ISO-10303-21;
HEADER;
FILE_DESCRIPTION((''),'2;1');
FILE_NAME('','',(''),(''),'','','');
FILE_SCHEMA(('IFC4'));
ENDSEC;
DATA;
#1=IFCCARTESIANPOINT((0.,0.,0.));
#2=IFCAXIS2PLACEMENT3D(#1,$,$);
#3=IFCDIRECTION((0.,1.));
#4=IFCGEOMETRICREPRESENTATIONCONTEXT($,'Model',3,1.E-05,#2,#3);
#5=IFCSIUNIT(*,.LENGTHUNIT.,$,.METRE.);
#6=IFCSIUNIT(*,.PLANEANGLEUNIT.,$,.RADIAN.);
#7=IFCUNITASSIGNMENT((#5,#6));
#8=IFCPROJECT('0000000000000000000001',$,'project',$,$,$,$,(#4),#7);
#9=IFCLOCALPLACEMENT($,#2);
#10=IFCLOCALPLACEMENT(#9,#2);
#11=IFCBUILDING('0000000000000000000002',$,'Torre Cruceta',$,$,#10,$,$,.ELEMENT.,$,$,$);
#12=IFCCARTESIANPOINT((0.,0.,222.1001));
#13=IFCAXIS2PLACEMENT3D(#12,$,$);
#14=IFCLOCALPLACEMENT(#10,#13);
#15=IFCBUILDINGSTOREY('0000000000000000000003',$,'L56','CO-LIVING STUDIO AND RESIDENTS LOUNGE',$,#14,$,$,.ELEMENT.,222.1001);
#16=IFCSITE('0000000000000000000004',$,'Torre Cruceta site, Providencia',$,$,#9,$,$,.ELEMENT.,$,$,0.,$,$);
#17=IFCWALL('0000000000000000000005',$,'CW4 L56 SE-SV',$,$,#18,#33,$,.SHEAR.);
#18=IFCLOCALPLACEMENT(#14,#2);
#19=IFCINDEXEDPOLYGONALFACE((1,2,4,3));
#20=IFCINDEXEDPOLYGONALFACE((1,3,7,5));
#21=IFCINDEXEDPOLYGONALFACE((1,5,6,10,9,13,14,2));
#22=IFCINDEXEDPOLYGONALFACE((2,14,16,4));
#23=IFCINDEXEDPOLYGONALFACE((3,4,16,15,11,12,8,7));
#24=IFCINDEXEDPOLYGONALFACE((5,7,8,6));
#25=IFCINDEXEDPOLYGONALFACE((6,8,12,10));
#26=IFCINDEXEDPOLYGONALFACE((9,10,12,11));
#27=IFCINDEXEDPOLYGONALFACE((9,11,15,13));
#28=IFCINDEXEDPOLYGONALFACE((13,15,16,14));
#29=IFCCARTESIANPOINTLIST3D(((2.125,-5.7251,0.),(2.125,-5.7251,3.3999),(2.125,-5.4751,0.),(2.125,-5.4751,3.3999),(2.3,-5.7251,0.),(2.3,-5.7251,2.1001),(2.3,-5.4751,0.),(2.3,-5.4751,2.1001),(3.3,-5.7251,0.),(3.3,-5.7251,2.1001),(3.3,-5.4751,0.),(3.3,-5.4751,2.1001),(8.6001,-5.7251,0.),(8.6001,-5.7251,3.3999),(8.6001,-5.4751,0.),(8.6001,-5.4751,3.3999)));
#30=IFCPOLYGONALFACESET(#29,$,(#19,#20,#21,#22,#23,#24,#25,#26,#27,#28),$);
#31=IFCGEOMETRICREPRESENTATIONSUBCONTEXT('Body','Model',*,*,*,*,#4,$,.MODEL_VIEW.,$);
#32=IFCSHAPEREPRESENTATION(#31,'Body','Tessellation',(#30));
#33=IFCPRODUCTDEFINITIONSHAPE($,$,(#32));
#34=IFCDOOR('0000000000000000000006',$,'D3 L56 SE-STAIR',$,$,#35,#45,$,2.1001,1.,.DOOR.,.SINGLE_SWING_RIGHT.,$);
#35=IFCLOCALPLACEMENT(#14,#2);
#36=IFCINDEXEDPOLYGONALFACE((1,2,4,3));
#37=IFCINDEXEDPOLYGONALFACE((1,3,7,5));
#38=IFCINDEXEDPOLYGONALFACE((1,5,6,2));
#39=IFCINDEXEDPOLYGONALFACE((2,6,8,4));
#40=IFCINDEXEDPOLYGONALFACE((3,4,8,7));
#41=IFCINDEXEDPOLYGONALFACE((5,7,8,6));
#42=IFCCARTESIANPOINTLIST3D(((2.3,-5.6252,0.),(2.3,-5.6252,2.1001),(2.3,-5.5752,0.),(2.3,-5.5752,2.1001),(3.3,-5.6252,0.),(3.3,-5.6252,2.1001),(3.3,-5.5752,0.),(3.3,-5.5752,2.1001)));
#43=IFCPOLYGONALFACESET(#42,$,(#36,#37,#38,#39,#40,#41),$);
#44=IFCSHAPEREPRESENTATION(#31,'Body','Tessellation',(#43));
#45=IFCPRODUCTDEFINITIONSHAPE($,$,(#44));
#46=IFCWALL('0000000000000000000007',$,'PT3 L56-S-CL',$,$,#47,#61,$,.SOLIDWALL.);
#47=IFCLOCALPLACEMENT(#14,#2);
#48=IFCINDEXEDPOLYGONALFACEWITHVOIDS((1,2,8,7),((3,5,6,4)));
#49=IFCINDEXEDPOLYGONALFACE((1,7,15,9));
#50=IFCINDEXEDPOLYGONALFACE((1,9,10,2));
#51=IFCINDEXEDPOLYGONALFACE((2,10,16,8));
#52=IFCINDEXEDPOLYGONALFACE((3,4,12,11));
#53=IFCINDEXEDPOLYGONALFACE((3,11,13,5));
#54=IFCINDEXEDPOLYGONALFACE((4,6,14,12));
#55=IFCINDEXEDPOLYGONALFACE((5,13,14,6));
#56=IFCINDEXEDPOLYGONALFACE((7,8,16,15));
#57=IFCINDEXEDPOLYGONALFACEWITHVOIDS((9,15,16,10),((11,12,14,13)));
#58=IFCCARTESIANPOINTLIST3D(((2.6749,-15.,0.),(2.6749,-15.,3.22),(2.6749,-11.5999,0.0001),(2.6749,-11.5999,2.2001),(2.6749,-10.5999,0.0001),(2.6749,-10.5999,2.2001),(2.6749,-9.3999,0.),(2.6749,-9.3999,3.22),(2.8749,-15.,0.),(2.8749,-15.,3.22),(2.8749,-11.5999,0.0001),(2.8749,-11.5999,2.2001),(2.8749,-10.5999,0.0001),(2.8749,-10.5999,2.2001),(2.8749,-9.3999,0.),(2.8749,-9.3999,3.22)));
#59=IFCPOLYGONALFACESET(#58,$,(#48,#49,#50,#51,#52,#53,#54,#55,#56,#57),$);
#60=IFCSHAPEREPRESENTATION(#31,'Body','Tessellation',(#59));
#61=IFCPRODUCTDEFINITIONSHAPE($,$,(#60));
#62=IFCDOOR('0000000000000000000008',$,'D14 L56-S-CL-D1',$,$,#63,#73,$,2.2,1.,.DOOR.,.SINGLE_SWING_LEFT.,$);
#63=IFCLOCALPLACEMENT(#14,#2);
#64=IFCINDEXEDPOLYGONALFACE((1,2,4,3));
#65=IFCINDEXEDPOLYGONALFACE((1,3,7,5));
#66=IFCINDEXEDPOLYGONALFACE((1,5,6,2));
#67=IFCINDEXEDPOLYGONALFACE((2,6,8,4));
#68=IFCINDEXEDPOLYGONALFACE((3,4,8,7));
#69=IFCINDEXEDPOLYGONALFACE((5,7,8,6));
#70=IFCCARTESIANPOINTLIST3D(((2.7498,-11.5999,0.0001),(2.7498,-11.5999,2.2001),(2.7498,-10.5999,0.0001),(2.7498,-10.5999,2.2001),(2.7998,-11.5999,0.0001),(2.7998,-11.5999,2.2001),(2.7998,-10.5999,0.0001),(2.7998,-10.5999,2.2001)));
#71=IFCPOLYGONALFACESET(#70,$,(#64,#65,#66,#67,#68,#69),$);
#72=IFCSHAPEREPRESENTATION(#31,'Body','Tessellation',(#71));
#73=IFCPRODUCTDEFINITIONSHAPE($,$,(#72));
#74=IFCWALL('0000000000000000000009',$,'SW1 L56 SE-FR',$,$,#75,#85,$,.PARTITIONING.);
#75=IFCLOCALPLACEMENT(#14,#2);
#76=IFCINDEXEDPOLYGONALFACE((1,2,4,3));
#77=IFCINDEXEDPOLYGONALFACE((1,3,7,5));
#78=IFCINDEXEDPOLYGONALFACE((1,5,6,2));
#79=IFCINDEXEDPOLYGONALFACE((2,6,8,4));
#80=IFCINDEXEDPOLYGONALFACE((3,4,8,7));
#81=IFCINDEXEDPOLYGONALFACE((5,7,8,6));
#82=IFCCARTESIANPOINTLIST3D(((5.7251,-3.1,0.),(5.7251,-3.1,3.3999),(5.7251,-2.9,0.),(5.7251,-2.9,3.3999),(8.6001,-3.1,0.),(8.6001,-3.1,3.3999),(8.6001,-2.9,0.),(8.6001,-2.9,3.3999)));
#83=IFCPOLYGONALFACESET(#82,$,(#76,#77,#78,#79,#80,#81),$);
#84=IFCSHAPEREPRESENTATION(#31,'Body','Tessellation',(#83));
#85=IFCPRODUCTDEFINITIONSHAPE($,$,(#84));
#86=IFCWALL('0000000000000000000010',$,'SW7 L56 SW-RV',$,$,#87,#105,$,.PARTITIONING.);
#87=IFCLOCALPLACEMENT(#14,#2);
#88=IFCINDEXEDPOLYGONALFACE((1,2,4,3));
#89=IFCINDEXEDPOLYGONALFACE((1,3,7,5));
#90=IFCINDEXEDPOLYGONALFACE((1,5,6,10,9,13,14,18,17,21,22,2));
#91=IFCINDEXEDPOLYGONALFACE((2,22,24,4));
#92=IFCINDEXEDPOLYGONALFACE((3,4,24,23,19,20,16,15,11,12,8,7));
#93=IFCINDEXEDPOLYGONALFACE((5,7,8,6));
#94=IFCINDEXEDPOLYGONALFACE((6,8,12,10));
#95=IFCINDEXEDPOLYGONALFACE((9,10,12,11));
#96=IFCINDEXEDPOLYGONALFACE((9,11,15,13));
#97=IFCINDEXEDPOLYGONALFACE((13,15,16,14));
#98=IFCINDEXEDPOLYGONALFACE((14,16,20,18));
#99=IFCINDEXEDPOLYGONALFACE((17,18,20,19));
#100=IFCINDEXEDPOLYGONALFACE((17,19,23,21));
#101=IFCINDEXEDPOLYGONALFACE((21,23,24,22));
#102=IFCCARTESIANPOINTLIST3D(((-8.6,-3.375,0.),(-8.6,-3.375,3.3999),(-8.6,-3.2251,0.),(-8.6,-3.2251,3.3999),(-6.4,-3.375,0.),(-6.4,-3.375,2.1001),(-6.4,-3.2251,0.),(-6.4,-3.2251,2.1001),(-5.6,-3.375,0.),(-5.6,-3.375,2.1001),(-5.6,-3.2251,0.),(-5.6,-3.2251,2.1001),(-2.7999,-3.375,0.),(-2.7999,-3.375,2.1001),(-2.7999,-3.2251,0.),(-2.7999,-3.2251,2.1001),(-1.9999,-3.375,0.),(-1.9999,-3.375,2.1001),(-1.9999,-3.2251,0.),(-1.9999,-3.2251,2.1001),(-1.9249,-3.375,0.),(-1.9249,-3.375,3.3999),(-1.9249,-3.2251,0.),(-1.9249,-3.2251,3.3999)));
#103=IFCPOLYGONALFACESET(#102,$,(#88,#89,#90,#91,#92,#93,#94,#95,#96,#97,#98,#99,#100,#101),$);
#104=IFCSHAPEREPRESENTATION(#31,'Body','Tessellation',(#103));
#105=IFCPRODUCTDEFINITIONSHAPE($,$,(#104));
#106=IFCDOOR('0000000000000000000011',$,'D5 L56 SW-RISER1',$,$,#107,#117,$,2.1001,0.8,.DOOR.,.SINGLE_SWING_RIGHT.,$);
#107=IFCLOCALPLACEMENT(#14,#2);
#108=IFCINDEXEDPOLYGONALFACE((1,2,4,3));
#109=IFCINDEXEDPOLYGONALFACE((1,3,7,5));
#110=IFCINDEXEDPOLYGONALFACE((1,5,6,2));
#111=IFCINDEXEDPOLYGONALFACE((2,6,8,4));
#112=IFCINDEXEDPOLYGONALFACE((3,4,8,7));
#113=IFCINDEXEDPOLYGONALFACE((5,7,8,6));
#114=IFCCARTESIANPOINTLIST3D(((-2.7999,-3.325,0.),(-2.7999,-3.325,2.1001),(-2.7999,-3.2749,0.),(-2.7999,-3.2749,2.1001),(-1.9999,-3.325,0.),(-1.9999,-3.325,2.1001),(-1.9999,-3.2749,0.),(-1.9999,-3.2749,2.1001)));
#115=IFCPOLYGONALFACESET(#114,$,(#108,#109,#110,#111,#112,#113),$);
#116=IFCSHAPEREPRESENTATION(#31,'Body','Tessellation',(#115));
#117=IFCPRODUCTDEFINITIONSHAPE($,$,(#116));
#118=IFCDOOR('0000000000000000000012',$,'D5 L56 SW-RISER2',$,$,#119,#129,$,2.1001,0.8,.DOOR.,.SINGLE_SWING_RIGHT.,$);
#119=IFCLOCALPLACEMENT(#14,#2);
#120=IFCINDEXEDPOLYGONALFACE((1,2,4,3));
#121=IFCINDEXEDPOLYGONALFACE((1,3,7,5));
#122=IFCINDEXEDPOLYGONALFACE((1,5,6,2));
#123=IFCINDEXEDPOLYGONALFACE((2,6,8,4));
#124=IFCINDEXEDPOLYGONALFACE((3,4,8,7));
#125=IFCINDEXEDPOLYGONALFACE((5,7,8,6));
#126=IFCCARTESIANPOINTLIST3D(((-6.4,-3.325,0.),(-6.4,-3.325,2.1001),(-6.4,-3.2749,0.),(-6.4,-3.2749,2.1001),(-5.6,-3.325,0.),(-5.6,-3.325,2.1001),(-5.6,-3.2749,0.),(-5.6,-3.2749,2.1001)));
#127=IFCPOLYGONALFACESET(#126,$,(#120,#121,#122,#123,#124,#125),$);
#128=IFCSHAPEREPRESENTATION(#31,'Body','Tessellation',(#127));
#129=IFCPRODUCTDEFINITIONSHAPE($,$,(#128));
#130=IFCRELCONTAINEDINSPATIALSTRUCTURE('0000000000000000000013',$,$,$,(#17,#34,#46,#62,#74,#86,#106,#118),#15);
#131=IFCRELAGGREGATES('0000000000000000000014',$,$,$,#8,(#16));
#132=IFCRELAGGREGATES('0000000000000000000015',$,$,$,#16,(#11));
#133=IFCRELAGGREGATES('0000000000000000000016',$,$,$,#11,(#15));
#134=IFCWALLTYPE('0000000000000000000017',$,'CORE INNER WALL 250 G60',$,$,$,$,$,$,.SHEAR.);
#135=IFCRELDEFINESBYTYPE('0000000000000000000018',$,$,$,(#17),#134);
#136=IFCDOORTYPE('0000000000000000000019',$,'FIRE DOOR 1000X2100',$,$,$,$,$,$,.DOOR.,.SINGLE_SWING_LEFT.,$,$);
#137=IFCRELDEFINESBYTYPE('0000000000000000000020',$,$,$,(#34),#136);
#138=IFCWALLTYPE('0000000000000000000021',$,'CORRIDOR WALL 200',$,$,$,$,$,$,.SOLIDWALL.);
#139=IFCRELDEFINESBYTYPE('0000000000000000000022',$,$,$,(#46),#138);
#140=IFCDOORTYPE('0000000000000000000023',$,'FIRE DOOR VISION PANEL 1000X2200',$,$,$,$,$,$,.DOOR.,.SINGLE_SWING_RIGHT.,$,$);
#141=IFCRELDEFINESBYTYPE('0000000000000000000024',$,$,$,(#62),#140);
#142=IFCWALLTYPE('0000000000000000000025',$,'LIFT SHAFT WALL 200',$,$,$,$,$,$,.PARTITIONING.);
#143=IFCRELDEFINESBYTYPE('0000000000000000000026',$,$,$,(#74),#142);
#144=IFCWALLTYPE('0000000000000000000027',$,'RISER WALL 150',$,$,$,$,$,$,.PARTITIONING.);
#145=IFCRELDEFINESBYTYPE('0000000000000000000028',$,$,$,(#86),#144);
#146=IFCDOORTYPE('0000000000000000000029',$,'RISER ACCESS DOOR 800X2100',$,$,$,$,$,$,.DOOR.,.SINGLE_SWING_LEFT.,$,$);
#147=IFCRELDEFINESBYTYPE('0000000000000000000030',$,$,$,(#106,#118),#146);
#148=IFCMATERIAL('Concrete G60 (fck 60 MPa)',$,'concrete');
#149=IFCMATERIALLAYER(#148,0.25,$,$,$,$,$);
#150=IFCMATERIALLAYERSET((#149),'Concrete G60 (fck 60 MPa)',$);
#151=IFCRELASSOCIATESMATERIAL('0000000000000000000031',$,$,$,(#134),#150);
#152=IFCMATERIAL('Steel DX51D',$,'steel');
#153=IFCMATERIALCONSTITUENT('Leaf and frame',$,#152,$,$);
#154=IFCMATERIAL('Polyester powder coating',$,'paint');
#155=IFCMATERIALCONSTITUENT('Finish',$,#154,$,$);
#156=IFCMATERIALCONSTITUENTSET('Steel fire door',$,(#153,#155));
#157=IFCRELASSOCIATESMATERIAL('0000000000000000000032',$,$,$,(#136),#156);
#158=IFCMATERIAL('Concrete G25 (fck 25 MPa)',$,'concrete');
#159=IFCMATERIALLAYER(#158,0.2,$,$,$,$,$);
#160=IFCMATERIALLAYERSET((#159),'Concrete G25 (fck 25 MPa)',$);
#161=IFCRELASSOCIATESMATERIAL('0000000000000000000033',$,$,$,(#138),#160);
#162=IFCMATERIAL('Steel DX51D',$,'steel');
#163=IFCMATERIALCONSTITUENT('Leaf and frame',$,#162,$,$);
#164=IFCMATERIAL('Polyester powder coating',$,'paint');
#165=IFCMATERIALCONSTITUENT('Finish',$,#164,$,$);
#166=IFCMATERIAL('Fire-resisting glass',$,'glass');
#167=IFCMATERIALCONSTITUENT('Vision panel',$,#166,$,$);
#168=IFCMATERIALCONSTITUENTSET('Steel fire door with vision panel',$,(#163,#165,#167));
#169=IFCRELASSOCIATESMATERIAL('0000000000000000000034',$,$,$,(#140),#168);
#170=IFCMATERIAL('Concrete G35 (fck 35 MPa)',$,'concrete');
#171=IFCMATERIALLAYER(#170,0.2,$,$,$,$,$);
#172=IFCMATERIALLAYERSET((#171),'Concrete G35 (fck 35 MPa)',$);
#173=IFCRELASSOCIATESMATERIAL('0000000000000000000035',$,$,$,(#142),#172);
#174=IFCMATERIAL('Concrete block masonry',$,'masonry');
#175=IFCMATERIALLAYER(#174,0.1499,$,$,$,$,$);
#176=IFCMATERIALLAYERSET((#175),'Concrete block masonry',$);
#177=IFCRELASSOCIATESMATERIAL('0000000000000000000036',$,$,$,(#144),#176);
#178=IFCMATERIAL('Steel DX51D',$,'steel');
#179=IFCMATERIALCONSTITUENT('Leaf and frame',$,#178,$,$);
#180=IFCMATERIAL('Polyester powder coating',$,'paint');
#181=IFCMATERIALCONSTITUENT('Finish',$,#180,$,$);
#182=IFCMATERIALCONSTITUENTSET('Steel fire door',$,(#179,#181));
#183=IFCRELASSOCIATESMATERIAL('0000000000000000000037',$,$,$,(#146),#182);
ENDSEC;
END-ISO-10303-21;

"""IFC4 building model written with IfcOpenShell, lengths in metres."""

from ifc_helpers import new_model, si_unit, direction, frame, frame_2d, origin, place, context, subcontext, project, spatial, rectangle, extrude, material, layer, layer_set, constituent, constituent_set, type_object, element, fill, save


model = new_model("IFC4")

# Units and contexts
model_context = context("Model", 3, precision=1e-05, world=origin(), true_north=direction((0.0, 1.0)))
body_context = subcontext(model_context, "Body", "Model", "MODEL_VIEW")
ifc_project = project(units=[si_unit("LENGTHUNIT", "METRE"), si_unit("PLANEANGLEUNIT", "RADIAN")], contexts=[model_context])

# Site, building, storey
site_placement = place(None, origin())
site = spatial("IfcSite", under=ifc_project, at=site_placement, Name="Torre Cruceta site, Providencia", CompositionType="ELEMENT", RefElevation=0.0)
building_placement = place(site_placement, origin())
building = spatial("IfcBuilding", under=site, at=building_placement, Name="Torre Cruceta", CompositionType="ELEMENT")
storey_placement = place(building_placement, frame((0.0, 0.0, 222.1001)))
storey = spatial("IfcBuildingStorey", under=building, at=storey_placement, Name="L56", Description="CO-LIVING STUDIO AND RESIDENTS LOUNGE", CompositionType="ELEMENT", Elevation=222.1001)

# Shared definitions
ifc_material_1 = material(Name="Concrete G60 (fck 60 MPa)", Category="concrete")
ifc_layer_1 = layer(ifc_material_1, 0.25)
ifc_layer_set_1 = layer_set([ifc_layer_1], Name="Concrete G60 (fck 60 MPa)")
wall_type_1 = type_object("IfcWallType", Name="CORE INNER WALL 250 G60", PredefinedType="SHEAR", material=ifc_layer_set_1)

# Walls, openings, doors
wall_1_placement = place(storey_placement, frame((2.125, -5.6001, 0.0), z_axis=(0.0, 0.0, 1.0), x_axis=(1.0, 0.0, 0.0)))
wall_1 = element("IfcWall", 1, at=wall_1_placement, inside=storey, type_object=wall_type_1, Name="CW4 L56 SE-SV", PredefinedType="SHEAR", context=body_context, shape_type="SweptSolid", body=[
    extrude(rectangle(XDim=6.4751, YDim=0.25, at=frame_2d((3.2375, 0.0))), origin(), (0.0, 0.0, 1.0), 3.3999),
])
opening_1_placement = place(wall_1_placement, frame((0.175, 0.0, 0.0)))
opening_1 = element("IfcOpeningElement", 2, at=opening_1_placement, cuts=wall_1, PredefinedType="OPENING", context=body_context, shape_type="SweptSolid", body=[
    extrude(rectangle(XDim=1.0, YDim=2.1001, at=frame_2d((0.5, 1.05))), frame((0.0, 0.135, 0.0), z_axis=(0.0, -1.0, 0.0), x_axis=(1.0, 0.0, 0.0)), (0.0, 0.0, 1.0), 0.27),
])
ifc_material_2 = material(Name="Steel DX51D", Category="steel")
ifc_constituent_1 = constituent(ifc_material_2, Name="Leaf and frame")
ifc_material_3 = material(Name="Polyester powder coating", Category="paint")
ifc_constituent_2 = constituent(ifc_material_3, Name="Finish")
ifc_constituent_set_1 = constituent_set(constituents=[ifc_constituent_1, ifc_constituent_2], Name="Steel fire door")
door_type_1 = type_object("IfcDoorType", Name="FIRE DOOR 1000X2100", OperationType="SINGLE_SWING_LEFT", PredefinedType="DOOR", material=ifc_constituent_set_1)
door_1_placement = place(opening_1_placement, frame((1.0, 0.0, 0.0), z_axis=(0.0, 0.0, 1.0), x_axis=(-1.0, 0.0, 0.0)))
door_1 = element("IfcDoor", 3, at=door_1_placement, inside=storey, type_object=door_type_1, Name="D3 L56 SE-STAIR", OperationType="SINGLE_SWING_RIGHT", OverallHeight=2.1001, OverallWidth=1.0, PredefinedType="DOOR", context=body_context, shape_type="SweptSolid", body=[
    extrude(rectangle(XDim=1.0, YDim=2.1001, at=frame_2d((0.5, 1.05))), frame((0.0, 0.0251, 0.0), z_axis=(0.0, -1.0, 0.0), x_axis=(1.0, 0.0, 0.0)), (0.0, 0.0, 1.0), 0.05),
])
fill(opening_1, door_1)
ifc_material_4 = material(Name="Concrete G25 (fck 25 MPa)", Category="concrete")
ifc_layer_2 = layer(ifc_material_4, 0.2)
ifc_layer_set_2 = layer_set([ifc_layer_2], Name="Concrete G25 (fck 25 MPa)")
wall_type_2 = type_object("IfcWallType", Name="CORRIDOR WALL 200", PredefinedType="SOLIDWALL", material=ifc_layer_set_2)
wall_2_placement = place(storey_placement, frame((2.7749, -9.3999, 0.0), z_axis=(0.0, 0.0, 1.0), x_axis=(0.0, -1.0, 0.0)))
wall_2 = element("IfcWall", 4, at=wall_2_placement, inside=storey, type_object=wall_type_2, Name="PT3 L56-S-CL", PredefinedType="SOLIDWALL", context=body_context, shape_type="SweptSolid", body=[
    extrude(rectangle(XDim=5.6001, YDim=0.2, at=frame_2d((2.8, 0.0))), origin(), (0.0, 0.0, 1.0), 3.22),
])
opening_2_placement = place(wall_2_placement, frame((1.2, 0.0, 0.0)))
opening_2 = element("IfcOpeningElement", 5, at=opening_2_placement, cuts=wall_2, PredefinedType="OPENING", context=body_context, shape_type="SweptSolid", body=[
    extrude(rectangle(XDim=1.0, YDim=2.2, at=frame_2d((0.5, 1.1001))), frame((0.0, 0.1099, 0.0), z_axis=(0.0, -1.0, 0.0), x_axis=(1.0, 0.0, 0.0)), (0.0, 0.0, 1.0), 0.22),
])
ifc_material_5 = material(Name="Steel DX51D", Category="steel")
ifc_constituent_3 = constituent(ifc_material_5, Name="Leaf and frame")
ifc_material_6 = material(Name="Polyester powder coating", Category="paint")
ifc_constituent_4 = constituent(ifc_material_6, Name="Finish")
ifc_material_7 = material(Name="Fire-resisting glass", Category="glass")
ifc_constituent_5 = constituent(ifc_material_7, Name="Vision panel")
ifc_constituent_set_2 = constituent_set(constituents=[ifc_constituent_3, ifc_constituent_4, ifc_constituent_5], Name="Steel fire door with vision panel")
door_type_2 = type_object("IfcDoorType", Name="FIRE DOOR VISION PANEL 1000X2200", OperationType="SINGLE_SWING_RIGHT", PredefinedType="DOOR", material=ifc_constituent_set_2)
door_2_placement = place(opening_2_placement, origin())
door_2 = element("IfcDoor", 6, at=door_2_placement, inside=storey, type_object=door_type_2, Name="D14 L56-S-CL-D1", OperationType="SINGLE_SWING_LEFT", OverallHeight=2.2, OverallWidth=1.0, PredefinedType="DOOR", context=body_context, shape_type="SweptSolid", body=[
    extrude(rectangle(XDim=1.0, YDim=2.2, at=frame_2d((0.5, 1.1001))), frame((0.0, 0.0249, 0.0), z_axis=(0.0, -1.0, 0.0), x_axis=(1.0, 0.0, 0.0)), (0.0, 0.0, 1.0), 0.05),
])
fill(opening_2, door_2)

# Wall
ifc_material_8 = material(Name="Concrete G35 (fck 35 MPa)", Category="concrete")
ifc_layer_3 = layer(ifc_material_8, 0.2)
ifc_layer_set_3 = layer_set([ifc_layer_3], Name="Concrete G35 (fck 35 MPa)")
wall_type_3 = type_object("IfcWallType", Name="LIFT SHAFT WALL 200", PredefinedType="PARTITIONING", material=ifc_layer_set_3)
wall_3_placement = place(storey_placement, frame((5.7251, -3.0, 0.0), z_axis=(0.0, 0.0, 1.0), x_axis=(1.0, 0.0, 0.0)))
element("IfcWall", 7, at=wall_3_placement, inside=storey, type_object=wall_type_3, Name="SW1 L56 SE-FR", PredefinedType="PARTITIONING", context=body_context, shape_type="SweptSolid", body=[
    extrude(rectangle(XDim=2.875, YDim=0.2, at=frame_2d((1.4375, 0.0))), origin(), (0.0, 0.0, 1.0), 3.3999),
])

# Wall, openings, doors
ifc_material_9 = material(Name="Concrete block masonry", Category="masonry")
ifc_layer_4 = layer(ifc_material_9, 0.1499)
ifc_layer_set_4 = layer_set([ifc_layer_4], Name="Concrete block masonry")
wall_type_4 = type_object("IfcWallType", Name="RISER WALL 150", PredefinedType="PARTITIONING", material=ifc_layer_set_4)
wall_4_placement = place(storey_placement, frame((-1.925, -3.3, 0.0), z_axis=(0.0, 0.0, 1.0), x_axis=(-1.0, 0.0, 0.0)))
wall_4 = element("IfcWall", 8, at=wall_4_placement, inside=storey, type_object=wall_type_4, Name="SW7 L56 SW-RV", PredefinedType="PARTITIONING", context=body_context, shape_type="SweptSolid", body=[
    extrude(rectangle(XDim=6.675, YDim=0.1499, at=frame_2d((3.3374, 0.0))), origin(), (0.0, 0.0, 1.0), 3.3999),
])
opening_3_placement = place(wall_4_placement, frame((0.075, 0.0, 0.0)))
opening_3 = element("IfcOpeningElement", 9, at=opening_3_placement, cuts=wall_4, PredefinedType="OPENING", context=body_context, shape_type="SweptSolid", body=[
    extrude(rectangle(XDim=0.8, YDim=2.1001, at=frame_2d((0.3999, 1.05))), frame((0.0, 0.085, 0.0), z_axis=(0.0, -1.0, 0.0), x_axis=(1.0, 0.0, 0.0)), (0.0, 0.0, 1.0), 0.1699),
])
opening_4_placement = place(wall_4_placement, frame((3.675, 0.0, 0.0)))
opening_4 = element("IfcOpeningElement", 10, at=opening_4_placement, cuts=wall_4, PredefinedType="OPENING", context=body_context, shape_type="SweptSolid", body=[
    extrude(rectangle(XDim=0.8, YDim=2.1001, at=frame_2d((0.3999, 1.05))), frame((0.0, 0.085, 0.0), z_axis=(0.0, -1.0, 0.0), x_axis=(1.0, 0.0, 0.0)), (0.0, 0.0, 1.0), 0.1699),
])
ifc_material_10 = material(Name="Steel DX51D", Category="steel")
ifc_constituent_6 = constituent(ifc_material_10, Name="Leaf and frame")
ifc_material_11 = material(Name="Polyester powder coating", Category="paint")
ifc_constituent_7 = constituent(ifc_material_11, Name="Finish")
ifc_constituent_set_3 = constituent_set(constituents=[ifc_constituent_6, ifc_constituent_7], Name="Steel fire door")
door_type_3 = type_object("IfcDoorType", Name="RISER ACCESS DOOR 800X2100", OperationType="SINGLE_SWING_LEFT", PredefinedType="DOOR", material=ifc_constituent_set_3)
door_3_placement = place(opening_3_placement, frame((0.8, 0.0, 0.0), z_axis=(0.0, 0.0, 1.0), x_axis=(-1.0, 0.0, 0.0)))
door_3 = element("IfcDoor", 11, at=door_3_placement, inside=storey, type_object=door_type_3, Name="D5 L56 SW-RISER1", OperationType="SINGLE_SWING_RIGHT", OverallHeight=2.1001, OverallWidth=0.8, PredefinedType="DOOR", context=body_context, shape_type="SweptSolid", body=[
    extrude(rectangle(XDim=0.8, YDim=2.1001, at=frame_2d((0.4001, 1.05))), frame((0.0, 0.0251, 0.0), z_axis=(0.0, -1.0, 0.0), x_axis=(1.0, 0.0, 0.0)), (0.0, 0.0, 1.0), 0.05),
])
fill(opening_3, door_3)
door_4_placement = place(opening_4_placement, frame((0.8, 0.0, 0.0), z_axis=(0.0, 0.0, 1.0), x_axis=(-1.0, 0.0, 0.0)))
door_4 = element("IfcDoor", 12, at=door_4_placement, inside=storey, type_object=door_type_3, Name="D5 L56 SW-RISER2", OperationType="SINGLE_SWING_RIGHT", OverallHeight=2.1001, OverallWidth=0.8, PredefinedType="DOOR", context=body_context, shape_type="SweptSolid", body=[
    extrude(rectangle(XDim=0.8, YDim=2.1001, at=frame_2d((0.4001, 1.05))), frame((0.0, 0.0251, 0.0), z_axis=(0.0, -1.0, 0.0), x_axis=(1.0, 0.0, 0.0)), (0.0, 0.0, 1.0), 0.05),
])
fill(opening_4, door_4)

save(model, "model.ifc")
